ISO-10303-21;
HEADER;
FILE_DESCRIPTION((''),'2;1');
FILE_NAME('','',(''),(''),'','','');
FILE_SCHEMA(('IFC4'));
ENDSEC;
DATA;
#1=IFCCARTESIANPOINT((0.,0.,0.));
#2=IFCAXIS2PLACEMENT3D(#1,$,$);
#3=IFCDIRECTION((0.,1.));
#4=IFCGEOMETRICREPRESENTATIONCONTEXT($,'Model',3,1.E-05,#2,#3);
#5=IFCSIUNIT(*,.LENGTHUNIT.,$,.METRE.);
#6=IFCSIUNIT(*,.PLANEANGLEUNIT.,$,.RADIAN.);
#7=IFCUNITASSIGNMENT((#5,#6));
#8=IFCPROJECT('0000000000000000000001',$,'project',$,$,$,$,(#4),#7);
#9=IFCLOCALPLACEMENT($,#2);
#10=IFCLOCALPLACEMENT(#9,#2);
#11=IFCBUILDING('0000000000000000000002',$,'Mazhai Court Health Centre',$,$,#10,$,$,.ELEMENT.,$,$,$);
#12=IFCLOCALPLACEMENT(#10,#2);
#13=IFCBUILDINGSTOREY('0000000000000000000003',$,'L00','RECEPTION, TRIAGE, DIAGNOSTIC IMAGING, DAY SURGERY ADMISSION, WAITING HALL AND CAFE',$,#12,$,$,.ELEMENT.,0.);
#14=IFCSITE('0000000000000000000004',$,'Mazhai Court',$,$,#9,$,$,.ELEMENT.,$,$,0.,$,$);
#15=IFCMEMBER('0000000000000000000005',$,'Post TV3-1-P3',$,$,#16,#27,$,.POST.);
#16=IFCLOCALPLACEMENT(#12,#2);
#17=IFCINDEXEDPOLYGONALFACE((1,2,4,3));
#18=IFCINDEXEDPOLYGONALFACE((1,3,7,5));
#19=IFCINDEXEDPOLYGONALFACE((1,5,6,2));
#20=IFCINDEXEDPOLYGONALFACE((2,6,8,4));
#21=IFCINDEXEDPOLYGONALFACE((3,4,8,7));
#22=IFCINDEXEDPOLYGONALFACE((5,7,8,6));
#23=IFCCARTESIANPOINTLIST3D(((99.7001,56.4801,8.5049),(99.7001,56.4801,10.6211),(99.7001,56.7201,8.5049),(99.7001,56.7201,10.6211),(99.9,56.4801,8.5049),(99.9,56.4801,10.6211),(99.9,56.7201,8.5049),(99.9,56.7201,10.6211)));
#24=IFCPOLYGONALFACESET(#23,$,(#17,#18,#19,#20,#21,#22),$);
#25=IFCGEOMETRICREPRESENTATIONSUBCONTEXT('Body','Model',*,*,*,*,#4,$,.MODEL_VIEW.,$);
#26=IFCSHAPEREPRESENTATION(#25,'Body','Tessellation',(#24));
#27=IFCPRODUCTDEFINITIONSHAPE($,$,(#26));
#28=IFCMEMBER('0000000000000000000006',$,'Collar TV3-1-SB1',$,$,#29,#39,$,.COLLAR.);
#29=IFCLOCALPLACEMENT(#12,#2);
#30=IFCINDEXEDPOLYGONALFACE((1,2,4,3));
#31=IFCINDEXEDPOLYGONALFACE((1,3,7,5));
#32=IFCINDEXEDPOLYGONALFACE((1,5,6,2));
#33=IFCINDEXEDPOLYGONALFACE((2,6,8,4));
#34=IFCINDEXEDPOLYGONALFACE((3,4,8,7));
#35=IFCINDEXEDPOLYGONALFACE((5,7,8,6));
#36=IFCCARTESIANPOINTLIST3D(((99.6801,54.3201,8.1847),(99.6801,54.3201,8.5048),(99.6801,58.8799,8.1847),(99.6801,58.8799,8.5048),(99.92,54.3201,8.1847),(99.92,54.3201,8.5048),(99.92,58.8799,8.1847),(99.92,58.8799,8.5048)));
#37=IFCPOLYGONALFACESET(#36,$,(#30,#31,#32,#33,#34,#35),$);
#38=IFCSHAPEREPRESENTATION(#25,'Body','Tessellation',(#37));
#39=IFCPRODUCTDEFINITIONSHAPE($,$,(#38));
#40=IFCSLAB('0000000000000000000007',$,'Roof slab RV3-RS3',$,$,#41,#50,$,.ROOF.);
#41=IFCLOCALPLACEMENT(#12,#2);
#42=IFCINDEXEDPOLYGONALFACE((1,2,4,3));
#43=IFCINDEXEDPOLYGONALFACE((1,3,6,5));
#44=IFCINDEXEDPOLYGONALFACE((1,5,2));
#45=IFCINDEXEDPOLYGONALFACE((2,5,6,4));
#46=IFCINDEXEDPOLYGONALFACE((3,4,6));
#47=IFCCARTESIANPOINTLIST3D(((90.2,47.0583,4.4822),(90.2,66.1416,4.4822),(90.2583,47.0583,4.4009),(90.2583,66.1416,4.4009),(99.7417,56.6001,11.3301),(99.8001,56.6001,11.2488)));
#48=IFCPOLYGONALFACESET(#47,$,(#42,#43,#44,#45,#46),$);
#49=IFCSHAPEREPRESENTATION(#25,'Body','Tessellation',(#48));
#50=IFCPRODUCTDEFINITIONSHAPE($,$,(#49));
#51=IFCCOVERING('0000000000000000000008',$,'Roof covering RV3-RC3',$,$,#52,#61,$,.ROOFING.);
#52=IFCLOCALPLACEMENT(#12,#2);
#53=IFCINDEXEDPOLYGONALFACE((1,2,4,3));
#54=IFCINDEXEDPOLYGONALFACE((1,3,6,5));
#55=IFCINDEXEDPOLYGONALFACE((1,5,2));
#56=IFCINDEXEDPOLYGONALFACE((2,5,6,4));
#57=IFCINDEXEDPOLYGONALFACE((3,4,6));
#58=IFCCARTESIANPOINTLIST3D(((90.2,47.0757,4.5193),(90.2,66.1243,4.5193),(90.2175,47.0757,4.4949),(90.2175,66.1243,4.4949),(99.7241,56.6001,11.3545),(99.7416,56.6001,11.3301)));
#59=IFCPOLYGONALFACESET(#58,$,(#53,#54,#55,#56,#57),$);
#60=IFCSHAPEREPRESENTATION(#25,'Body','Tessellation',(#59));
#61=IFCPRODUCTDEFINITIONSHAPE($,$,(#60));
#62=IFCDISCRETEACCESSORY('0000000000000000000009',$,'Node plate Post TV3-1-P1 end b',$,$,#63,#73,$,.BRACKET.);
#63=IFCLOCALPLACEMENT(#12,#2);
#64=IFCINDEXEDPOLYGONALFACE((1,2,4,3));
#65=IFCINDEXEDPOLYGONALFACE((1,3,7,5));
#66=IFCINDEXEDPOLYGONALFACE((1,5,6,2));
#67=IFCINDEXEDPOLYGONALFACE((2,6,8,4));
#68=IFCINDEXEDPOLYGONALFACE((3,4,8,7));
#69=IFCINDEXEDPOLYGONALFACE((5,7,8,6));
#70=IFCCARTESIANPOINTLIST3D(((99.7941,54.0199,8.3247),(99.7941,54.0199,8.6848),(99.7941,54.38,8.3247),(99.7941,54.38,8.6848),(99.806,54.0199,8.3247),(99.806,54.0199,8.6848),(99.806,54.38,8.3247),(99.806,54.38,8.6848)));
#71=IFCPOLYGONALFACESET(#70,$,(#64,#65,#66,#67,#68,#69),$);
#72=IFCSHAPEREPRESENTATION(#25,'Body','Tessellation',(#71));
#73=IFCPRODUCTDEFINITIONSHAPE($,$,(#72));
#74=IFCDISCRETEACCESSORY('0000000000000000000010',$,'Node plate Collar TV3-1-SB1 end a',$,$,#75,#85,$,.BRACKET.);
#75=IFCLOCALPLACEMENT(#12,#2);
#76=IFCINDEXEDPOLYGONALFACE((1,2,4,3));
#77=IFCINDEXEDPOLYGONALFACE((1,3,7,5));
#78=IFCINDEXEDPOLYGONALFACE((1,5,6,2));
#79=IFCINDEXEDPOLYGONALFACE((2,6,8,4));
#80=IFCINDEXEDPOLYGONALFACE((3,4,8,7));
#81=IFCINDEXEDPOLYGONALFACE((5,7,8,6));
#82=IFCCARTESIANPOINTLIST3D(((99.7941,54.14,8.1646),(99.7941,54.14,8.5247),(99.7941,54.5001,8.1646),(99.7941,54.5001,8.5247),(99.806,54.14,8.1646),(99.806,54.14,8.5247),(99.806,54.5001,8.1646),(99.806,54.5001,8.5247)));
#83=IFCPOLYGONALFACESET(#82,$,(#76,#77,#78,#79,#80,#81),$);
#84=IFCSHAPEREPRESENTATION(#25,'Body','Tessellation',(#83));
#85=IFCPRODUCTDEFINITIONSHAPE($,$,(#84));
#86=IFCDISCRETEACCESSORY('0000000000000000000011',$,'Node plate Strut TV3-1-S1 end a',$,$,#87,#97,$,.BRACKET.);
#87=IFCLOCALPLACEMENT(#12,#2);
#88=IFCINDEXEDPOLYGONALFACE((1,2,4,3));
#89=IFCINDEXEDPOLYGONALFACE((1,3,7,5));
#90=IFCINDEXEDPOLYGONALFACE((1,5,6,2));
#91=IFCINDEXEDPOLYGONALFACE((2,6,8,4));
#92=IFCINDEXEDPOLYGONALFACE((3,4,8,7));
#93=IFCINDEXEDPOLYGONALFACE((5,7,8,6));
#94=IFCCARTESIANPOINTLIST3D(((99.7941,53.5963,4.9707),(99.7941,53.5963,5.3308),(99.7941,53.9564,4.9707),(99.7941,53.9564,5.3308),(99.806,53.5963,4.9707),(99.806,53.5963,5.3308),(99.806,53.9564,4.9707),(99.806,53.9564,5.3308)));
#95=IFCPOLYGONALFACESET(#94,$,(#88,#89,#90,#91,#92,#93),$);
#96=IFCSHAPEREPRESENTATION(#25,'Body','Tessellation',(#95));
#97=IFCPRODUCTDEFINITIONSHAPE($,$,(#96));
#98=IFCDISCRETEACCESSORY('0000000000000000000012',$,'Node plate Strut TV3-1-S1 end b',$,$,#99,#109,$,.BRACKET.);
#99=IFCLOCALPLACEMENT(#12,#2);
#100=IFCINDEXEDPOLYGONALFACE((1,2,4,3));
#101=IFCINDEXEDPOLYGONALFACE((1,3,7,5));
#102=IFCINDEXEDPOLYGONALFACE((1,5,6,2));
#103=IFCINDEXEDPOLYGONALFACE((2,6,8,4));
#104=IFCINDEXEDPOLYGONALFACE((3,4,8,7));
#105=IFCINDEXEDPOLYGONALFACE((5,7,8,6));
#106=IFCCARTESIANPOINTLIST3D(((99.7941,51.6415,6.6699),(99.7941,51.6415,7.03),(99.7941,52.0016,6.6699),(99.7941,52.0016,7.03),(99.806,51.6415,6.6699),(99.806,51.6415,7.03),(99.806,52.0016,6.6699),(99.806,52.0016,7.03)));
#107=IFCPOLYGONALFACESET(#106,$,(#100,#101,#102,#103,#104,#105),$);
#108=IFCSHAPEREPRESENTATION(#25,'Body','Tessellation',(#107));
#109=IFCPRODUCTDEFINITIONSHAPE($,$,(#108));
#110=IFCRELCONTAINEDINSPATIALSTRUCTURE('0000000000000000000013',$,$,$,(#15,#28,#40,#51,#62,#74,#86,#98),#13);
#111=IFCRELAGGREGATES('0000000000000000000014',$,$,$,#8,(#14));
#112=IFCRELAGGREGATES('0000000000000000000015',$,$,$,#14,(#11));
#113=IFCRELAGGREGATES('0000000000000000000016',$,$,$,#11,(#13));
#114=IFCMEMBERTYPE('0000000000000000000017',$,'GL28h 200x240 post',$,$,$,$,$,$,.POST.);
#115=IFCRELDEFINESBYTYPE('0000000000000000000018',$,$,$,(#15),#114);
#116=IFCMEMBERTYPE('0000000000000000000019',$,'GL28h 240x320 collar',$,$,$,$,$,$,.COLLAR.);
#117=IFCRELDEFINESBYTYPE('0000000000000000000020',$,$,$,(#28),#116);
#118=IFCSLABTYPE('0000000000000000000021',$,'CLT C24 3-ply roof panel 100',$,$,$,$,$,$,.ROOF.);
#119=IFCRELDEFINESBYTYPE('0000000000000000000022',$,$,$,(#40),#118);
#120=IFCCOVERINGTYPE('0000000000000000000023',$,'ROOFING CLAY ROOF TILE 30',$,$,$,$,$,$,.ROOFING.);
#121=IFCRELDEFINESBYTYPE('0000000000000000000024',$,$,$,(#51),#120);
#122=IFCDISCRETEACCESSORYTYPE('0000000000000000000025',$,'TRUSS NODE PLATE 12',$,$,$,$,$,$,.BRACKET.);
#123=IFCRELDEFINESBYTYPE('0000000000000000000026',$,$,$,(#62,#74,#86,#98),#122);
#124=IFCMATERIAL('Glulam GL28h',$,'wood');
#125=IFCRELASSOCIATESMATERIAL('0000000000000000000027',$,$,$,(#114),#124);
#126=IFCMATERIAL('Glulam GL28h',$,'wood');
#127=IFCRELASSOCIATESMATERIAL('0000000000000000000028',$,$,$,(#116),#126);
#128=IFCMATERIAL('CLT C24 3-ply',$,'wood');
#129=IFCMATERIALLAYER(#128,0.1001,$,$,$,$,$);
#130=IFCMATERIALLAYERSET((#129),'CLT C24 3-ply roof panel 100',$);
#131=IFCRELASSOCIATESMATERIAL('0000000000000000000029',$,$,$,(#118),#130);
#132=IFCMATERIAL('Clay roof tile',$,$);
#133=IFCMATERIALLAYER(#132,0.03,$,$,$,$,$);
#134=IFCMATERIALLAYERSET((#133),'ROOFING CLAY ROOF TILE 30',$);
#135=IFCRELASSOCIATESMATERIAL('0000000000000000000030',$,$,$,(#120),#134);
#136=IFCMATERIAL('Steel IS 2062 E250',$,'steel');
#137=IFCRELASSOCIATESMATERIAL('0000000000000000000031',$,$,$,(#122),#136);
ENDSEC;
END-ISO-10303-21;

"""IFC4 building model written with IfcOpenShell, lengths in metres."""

from ifc_helpers import new_model, si_unit, direction, frame, origin, origin_2d, place, context, subcontext, project, spatial, polyline, rectangle, outline, extrude, material, layer, layer_set, material_profile, profile_set, type_object, element, save


model = new_model("IFC4")

# Units and contexts
model_context = context("Model", 3, precision=1e-05, world=origin(), true_north=direction((0.0, 1.0)))
body_context = subcontext(model_context, "Body", "Model", "MODEL_VIEW")
ifc_project = project(units=[si_unit("LENGTHUNIT", "METRE"), si_unit("PLANEANGLEUNIT", "RADIAN")], contexts=[model_context])

# Site, building, storey
site_placement = place(None, origin())
site = spatial("IfcSite", under=ifc_project, at=site_placement, Name="Mazhai Court", CompositionType="ELEMENT", RefElevation=0.0)
building_placement = place(site_placement, origin())
building = spatial("IfcBuilding", under=site, at=building_placement, Name="Mazhai Court Health Centre", CompositionType="ELEMENT")
storey_placement = place(building_placement, origin())
storey = spatial("IfcBuildingStorey", under=building, at=storey_placement, Name="L00", Description="RECEPTION, TRIAGE, DIAGNOSTIC IMAGING, DAY SURGERY ADMISSION, WAITING HALL AND CAFE", CompositionType="ELEMENT", Elevation=0.0)

# Members
ifc_material_1 = material(Name="Glulam GL28h", Category="wood")
ifc_material_profile_1 = material_profile(ifc_material_1, rectangle(XDim=0.2, YDim=0.24, at=origin_2d()), Name="GL28h 200x240")
ifc_profile_set_1 = profile_set([ifc_material_profile_1], Name="Glulam GL28h")
member_type_1 = type_object("IfcMemberType", Name="GL28h 200x240 post", PredefinedType="POST", material=ifc_profile_set_1)
member_1_placement = place(storey_placement, frame((99.8, 56.6001, 8.5049), z_axis=(0.0, 0.0, 1.0), x_axis=(1.0, 0.0, 0.0)))
element("IfcMember", 1, at=member_1_placement, inside=storey, type_object=member_type_1, Name="Post TV3-1-P3", PredefinedType="POST", context=body_context, shape_type="SweptSolid", body=[
    extrude(rectangle(XDim=0.2, YDim=0.24, at=origin_2d()), origin(), (0.0, 0.0, 1.0), 2.1162),
])
ifc_material_2 = material(Name="Glulam GL28h", Category="wood")
ifc_material_profile_2 = material_profile(ifc_material_2, rectangle(XDim=0.24, YDim=0.3201, at=origin_2d()), Name="GL28h 240x320")
ifc_profile_set_2 = profile_set([ifc_material_profile_2], Name="Glulam GL28h")
member_type_2 = type_object("IfcMemberType", Name="GL28h 240x320 collar", PredefinedType="COLLAR", material=ifc_profile_set_2)
member_2_placement = place(storey_placement, frame((99.8, 54.3201, 8.3447), z_axis=(0.0, 1.0, 0.0), x_axis=(-1.0, 0.0, 0.0)))
element("IfcMember", 2, at=member_2_placement, inside=storey, type_object=member_type_2, Name="Collar TV3-1-SB1", PredefinedType="COLLAR", context=body_context, shape_type="SweptSolid", body=[
    extrude(rectangle(XDim=0.24, YDim=0.3201, at=origin_2d()), origin(), (0.0, 0.0, 1.0), 4.5598),
])

# Slab
ifc_material_3 = material(Name="CLT C24 3-ply", Category="wood")
ifc_layer_1 = layer(ifc_material_3, 0.1001)
ifc_layer_set_1 = layer_set([ifc_layer_1], Name="CLT C24 3-ply roof panel 100")
slab_type = type_object("IfcSlabType", Name="CLT C24 3-ply roof panel 100", PredefinedType="ROOF", material=ifc_layer_set_1)
slab_placement = place(storey_placement, frame((99.7417, 56.6001, 11.3301), z_axis=(-0.583062, 0.0, 0.812428), x_axis=(-0.630565, 0.630549, -0.452543)))
element("IfcSlab", 3, at=slab_placement, inside=storey, type_object=slab_type, Name="Roof slab RV3-RS3", PredefinedType="ROOF", context=body_context, shape_type="SweptSolid", body=[
    extrude(outline(polyline([(0.0, 0.0), (15.1321, 0.0), (3.0991, 14.8115), (0.0, 0.0)])), origin(), (0.0, 0.0, -1.0), 0.1001),
])

# Covering
ifc_material_4 = material(Name="Clay roof tile")
ifc_layer_2 = layer(ifc_material_4, 0.03)
ifc_layer_set_2 = layer_set([ifc_layer_2], Name="ROOFING CLAY ROOF TILE 30")
covering_type = type_object("IfcCoveringType", Name="ROOFING CLAY ROOF TILE 30", PredefinedType="ROOFING", material=ifc_layer_set_2)
covering_placement = place(storey_placement, frame((99.7241, 56.6001, 11.3545), z_axis=(-0.583057, 0.0, 0.812431), x_axis=(-0.63056, 0.63056, -0.452534)))
element("IfcCovering", 4, at=covering_placement, inside=storey, type_object=covering_type, Name="Roof covering RV3-RC3", PredefinedType="ROOFING", context=body_context, shape_type="SweptSolid", body=[
    extrude(outline(polyline([(0.0, 0.0), (15.1043, 0.0), (3.093, 14.7844), (0.0, 0.0)])), origin(), (0.0, 0.0, -1.0), 0.03),
])

# Discrete accessories
ifc_material_5 = material(Name="Steel IS 2062 E250", Category="steel")
discrete_accessory_type = type_object("IfcDiscreteAccessoryType", Name="TRUSS NODE PLATE 12", PredefinedType="BRACKET", material=ifc_material_5)
for number, where, z_axis, x_axis, name in (
    (5, (99.8, 54.2, 8.3247), (0.0, 0.0, 1.0), (1.0, 0.0, 0.0), "Node plate Post TV3-1-P1 end b"),
    (6, (99.8, 54.3201, 8.1646), (0.0, 0.0, 1.0), (1.0, 0.0, 0.0), "Node plate Collar TV3-1-SB1 end a"),
    (7, (99.8, 53.7764, 4.9707), (0.0, 0.0, 1.0), (1.0, 0.0, 0.0), "Node plate Strut TV3-1-S1 end a"),
    (8, (99.8, 51.8215, 6.6699), (0.0, 0.0, 1.0), (1.0, 0.0, 0.0), "Node plate Strut TV3-1-S1 end b"),
):
    element("IfcDiscreteAccessory", number, at=place(storey_placement, frame(where, z_axis=z_axis, x_axis=x_axis)), inside=storey, type_object=discrete_accessory_type, Name=name, PredefinedType="BRACKET", context=body_context, shape_type="SweptSolid", body=[
        extrude(rectangle(XDim=0.012, YDim=0.3601, at=origin_2d()), origin(), (0.0, 0.0, 1.0), 0.3601),
    ])

save(model, "model.ifc")
